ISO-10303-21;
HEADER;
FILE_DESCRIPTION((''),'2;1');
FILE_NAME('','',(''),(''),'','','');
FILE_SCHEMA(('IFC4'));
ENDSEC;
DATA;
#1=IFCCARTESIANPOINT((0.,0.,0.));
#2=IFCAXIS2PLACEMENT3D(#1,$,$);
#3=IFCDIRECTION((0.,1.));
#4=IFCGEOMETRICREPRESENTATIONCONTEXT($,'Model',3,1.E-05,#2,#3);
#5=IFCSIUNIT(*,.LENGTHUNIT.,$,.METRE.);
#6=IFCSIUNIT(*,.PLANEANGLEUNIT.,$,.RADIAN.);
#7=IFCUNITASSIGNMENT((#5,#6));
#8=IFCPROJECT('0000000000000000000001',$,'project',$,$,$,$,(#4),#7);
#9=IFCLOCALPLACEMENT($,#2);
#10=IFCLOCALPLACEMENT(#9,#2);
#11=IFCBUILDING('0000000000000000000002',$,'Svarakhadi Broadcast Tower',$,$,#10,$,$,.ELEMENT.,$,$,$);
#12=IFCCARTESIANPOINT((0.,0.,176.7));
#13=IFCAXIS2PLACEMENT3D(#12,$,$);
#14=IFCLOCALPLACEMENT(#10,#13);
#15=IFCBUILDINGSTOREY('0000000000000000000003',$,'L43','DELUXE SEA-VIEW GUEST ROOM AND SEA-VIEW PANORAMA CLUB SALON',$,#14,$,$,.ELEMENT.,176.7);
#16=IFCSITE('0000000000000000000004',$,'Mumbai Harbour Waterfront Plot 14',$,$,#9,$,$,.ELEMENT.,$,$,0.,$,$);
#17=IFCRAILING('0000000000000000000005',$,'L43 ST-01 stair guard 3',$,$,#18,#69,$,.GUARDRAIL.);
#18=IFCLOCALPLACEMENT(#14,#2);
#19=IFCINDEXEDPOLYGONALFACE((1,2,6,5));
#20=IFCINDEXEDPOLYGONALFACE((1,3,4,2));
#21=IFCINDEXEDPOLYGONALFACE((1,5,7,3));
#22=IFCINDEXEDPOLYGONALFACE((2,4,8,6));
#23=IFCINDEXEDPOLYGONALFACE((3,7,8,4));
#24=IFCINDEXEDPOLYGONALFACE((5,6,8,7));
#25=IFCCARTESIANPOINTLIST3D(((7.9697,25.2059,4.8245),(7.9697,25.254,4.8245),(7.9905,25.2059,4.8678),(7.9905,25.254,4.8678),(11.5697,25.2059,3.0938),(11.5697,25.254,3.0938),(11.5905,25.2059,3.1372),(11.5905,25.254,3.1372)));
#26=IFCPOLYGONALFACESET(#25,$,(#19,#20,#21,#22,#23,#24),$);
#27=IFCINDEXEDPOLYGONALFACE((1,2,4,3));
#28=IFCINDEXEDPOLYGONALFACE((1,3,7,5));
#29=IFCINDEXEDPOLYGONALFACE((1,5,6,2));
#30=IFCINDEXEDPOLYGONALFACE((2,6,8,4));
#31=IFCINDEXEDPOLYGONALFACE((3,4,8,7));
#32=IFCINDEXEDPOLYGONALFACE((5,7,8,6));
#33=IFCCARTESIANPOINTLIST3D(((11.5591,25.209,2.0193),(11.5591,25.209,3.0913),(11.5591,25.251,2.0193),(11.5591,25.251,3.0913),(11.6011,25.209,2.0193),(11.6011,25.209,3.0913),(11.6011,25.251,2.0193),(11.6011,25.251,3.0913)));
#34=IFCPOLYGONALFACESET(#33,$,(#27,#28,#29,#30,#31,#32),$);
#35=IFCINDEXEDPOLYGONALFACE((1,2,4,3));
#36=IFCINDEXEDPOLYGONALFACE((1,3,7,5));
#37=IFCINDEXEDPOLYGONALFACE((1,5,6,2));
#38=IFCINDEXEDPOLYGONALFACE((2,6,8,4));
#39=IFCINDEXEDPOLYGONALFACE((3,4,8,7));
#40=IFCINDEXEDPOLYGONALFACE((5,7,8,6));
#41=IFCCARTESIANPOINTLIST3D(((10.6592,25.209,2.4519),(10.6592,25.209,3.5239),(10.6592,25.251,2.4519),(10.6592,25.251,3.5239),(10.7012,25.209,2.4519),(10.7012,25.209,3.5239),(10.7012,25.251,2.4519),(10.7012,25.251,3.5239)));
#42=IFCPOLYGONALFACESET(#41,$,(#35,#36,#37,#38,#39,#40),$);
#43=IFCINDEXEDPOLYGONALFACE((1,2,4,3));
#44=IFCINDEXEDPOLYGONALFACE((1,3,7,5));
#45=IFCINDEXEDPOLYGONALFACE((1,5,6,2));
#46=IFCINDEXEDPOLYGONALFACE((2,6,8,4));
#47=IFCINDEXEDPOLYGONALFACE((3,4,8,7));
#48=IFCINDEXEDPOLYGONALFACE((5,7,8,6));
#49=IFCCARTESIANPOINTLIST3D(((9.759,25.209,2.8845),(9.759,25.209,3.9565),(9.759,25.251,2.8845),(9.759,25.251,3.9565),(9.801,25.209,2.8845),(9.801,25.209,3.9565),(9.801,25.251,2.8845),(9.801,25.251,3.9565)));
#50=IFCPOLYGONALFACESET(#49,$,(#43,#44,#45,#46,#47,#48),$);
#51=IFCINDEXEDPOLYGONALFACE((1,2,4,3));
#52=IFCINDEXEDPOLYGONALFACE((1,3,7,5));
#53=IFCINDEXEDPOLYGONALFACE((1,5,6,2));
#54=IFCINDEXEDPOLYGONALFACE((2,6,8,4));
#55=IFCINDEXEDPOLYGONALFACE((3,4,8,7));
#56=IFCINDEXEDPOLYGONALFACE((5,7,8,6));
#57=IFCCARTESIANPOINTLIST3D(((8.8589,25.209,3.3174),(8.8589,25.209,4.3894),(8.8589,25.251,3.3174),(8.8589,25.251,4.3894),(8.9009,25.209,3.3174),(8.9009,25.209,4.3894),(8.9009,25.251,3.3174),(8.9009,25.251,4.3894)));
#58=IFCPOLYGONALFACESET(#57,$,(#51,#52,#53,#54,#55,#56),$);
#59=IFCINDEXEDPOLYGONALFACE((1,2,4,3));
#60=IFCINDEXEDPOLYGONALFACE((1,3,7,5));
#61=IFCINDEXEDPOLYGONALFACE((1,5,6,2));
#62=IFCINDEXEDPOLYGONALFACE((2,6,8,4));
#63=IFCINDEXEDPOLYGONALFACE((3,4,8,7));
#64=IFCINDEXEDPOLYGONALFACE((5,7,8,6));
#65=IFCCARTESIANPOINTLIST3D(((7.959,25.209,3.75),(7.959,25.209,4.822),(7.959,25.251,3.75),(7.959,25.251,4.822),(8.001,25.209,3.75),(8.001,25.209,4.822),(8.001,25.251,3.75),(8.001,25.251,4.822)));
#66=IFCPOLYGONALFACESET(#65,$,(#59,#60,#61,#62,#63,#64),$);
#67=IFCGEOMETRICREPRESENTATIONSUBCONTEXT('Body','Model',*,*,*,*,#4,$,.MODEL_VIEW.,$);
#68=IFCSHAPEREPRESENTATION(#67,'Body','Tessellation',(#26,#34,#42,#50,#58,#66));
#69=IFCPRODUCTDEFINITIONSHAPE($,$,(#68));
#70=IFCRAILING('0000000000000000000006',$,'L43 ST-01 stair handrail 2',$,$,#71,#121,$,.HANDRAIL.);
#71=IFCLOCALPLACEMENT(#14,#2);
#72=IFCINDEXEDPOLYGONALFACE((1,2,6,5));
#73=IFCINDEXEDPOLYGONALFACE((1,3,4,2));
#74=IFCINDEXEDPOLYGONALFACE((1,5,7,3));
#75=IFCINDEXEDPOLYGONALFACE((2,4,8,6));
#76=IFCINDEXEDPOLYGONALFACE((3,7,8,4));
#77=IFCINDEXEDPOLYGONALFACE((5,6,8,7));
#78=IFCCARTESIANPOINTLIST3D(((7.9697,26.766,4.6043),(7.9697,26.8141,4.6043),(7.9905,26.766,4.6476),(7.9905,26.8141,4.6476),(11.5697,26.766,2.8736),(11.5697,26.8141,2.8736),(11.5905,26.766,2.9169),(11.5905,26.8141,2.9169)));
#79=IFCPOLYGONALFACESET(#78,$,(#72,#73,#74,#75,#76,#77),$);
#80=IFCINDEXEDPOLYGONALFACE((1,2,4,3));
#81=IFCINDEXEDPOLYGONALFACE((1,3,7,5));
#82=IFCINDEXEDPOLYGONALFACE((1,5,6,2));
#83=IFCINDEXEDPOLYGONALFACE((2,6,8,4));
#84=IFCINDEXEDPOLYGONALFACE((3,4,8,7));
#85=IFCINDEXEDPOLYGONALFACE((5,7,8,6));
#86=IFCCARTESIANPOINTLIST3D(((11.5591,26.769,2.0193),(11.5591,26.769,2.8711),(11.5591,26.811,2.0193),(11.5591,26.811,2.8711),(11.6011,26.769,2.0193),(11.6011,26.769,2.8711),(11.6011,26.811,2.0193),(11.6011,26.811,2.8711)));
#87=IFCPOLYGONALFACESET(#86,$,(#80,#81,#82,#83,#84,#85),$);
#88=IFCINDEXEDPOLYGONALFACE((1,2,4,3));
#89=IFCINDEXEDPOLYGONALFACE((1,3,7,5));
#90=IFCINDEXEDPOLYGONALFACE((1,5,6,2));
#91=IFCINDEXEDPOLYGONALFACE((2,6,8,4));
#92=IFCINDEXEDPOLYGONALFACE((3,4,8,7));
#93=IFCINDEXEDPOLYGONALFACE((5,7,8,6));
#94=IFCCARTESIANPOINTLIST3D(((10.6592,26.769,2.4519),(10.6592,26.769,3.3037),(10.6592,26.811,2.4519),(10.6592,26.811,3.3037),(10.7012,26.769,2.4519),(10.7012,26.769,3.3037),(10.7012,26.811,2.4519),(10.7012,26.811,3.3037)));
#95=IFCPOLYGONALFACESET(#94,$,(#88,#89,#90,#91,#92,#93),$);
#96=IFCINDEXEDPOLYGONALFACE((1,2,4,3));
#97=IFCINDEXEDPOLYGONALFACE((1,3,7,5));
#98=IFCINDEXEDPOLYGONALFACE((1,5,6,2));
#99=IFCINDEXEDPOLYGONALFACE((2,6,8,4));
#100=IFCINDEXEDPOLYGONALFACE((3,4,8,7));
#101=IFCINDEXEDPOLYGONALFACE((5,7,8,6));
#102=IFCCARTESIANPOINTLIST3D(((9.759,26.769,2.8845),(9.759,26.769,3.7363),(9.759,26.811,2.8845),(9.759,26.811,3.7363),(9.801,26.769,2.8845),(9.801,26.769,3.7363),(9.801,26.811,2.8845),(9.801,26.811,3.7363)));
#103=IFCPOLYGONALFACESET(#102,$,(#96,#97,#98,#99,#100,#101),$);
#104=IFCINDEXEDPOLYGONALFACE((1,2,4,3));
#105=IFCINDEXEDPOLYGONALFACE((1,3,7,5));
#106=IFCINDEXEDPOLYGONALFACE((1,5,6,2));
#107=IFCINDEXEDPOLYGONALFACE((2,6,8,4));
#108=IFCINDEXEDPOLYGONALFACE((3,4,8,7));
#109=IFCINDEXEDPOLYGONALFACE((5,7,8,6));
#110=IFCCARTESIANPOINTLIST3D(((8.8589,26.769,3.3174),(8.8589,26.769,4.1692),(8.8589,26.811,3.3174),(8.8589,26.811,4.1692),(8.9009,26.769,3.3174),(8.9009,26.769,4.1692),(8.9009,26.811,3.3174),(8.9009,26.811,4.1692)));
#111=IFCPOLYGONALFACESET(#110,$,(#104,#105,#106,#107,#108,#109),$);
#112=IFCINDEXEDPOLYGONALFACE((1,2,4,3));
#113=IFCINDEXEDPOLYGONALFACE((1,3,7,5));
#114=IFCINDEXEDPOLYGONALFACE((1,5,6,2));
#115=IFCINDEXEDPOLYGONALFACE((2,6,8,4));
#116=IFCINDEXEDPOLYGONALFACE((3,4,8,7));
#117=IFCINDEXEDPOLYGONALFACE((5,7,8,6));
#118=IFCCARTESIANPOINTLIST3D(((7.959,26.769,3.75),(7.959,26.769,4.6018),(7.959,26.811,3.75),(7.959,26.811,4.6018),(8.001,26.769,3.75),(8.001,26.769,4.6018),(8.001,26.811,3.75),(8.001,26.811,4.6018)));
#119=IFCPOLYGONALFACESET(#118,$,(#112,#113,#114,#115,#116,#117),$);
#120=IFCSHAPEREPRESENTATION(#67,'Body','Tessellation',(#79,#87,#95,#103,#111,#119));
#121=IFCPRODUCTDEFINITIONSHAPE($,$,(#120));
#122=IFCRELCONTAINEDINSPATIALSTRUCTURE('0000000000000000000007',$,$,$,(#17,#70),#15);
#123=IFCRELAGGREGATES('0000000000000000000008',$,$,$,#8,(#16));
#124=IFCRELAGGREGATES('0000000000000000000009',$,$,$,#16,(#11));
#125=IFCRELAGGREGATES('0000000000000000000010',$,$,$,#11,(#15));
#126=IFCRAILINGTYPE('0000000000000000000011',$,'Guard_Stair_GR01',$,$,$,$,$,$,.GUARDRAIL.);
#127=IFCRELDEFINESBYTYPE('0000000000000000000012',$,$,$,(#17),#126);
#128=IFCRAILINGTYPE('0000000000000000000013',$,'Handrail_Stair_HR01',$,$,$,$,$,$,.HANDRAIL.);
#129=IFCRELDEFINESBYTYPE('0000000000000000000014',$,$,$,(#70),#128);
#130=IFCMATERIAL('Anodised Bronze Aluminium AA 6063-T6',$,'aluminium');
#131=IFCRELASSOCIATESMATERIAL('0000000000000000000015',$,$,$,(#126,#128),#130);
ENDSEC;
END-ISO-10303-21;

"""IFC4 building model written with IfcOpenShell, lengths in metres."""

from ifc_helpers import new_model, si_unit, direction, frame, origin, origin_2d, place, context, subcontext, project, spatial, rectangle, extrude, material, type_object, element, save


model = new_model("IFC4")

# Units and contexts
model_context = context("Model", 3, precision=1e-05, world=origin(), true_north=direction((0.0, 1.0)))
body_context = subcontext(model_context, "Body", "Model", "MODEL_VIEW")
ifc_project = project(units=[si_unit("LENGTHUNIT", "METRE"), si_unit("PLANEANGLEUNIT", "RADIAN")], contexts=[model_context])

# Site, building, storey
site_placement = place(None, origin())
site = spatial("IfcSite", under=ifc_project, at=site_placement, Name="Mumbai Harbour Waterfront Plot 14", CompositionType="ELEMENT", RefElevation=0.0)
building_placement = place(site_placement, origin())
building = spatial("IfcBuilding", under=site, at=building_placement, Name="Svarakhadi Broadcast Tower", CompositionType="ELEMENT")
storey_placement = place(building_placement, frame((0.0, 0.0, 176.7)))
storey = spatial("IfcBuildingStorey", under=building, at=storey_placement, Name="L43", Description="DELUXE SEA-VIEW GUEST ROOM AND SEA-VIEW PANORAMA CLUB SALON", CompositionType="ELEMENT", Elevation=176.7)

# Railings
ifc_material_1 = material(Name="Anodised Bronze Aluminium AA 6063-T6", Category="aluminium")
railing_type_1 = type_object("IfcRailingType", Name="Guard_Stair_GR01", PredefinedType="GUARDRAIL", material=ifc_material_1)
railing_1_placement = place(storey_placement, frame((11.5801, 25.23, 2.0193)))
element("IfcRailing", 1, at=railing_1_placement, inside=storey, type_object=railing_type_1, Name="L43 ST-01 stair guard 3", PredefinedType="GUARDRAIL", context=body_context, shape_type="SweptSolid", body=[
    extrude(rectangle(XDim=0.0481, YDim=0.0481, at=origin_2d()), frame((0.0, 0.0, 1.0962), z_axis=(-0.901263, 0.0, 0.433273), x_axis=(0.0, -1.0, 0.0)), (0.0, 0.0, 1.0), 3.9944),
    extrude(rectangle(XDim=0.042, YDim=0.042, at=origin_2d()), origin(), (0.0, 0.0, 1.0), 1.072),
    extrude(rectangle(XDim=0.042, YDim=0.042, at=origin_2d()), frame((-0.8999, 0.0, 0.4326)), (0.0, 0.0, 1.0), 1.072),
    extrude(rectangle(XDim=0.042, YDim=0.042, at=origin_2d()), frame((-1.8, 0.0, 0.8652)), (0.0, 0.0, 1.0), 1.072),
    extrude(rectangle(XDim=0.042, YDim=0.042, at=origin_2d()), frame((-2.7002, 0.0, 1.2981)), (0.0, 0.0, 1.0), 1.072),
    extrude(rectangle(XDim=0.042, YDim=0.042, at=origin_2d()), frame((-3.6001, 0.0, 1.7307)), (0.0, 0.0, 1.0), 1.072),
])
railing_type_2 = type_object("IfcRailingType", Name="Handrail_Stair_HR01", PredefinedType="HANDRAIL", material=ifc_material_1)
railing_2_placement = place(storey_placement, frame((11.5801, 26.79, 2.0193)))
element("IfcRailing", 2, at=railing_2_placement, inside=storey, type_object=railing_type_2, Name="L43 ST-01 stair handrail 2", PredefinedType="HANDRAIL", context=body_context, shape_type="SweptSolid", body=[
    extrude(rectangle(XDim=0.0481, YDim=0.0481, at=origin_2d()), frame((0.0, 0.0, 0.876), z_axis=(-0.901263, 0.0, 0.433273), x_axis=(0.0, -1.0, 0.0)), (0.0, 0.0, 1.0), 3.9944),
    extrude(rectangle(XDim=0.042, YDim=0.042, at=origin_2d()), origin(), (0.0, 0.0, 1.0), 0.8518),
    extrude(rectangle(XDim=0.042, YDim=0.042, at=origin_2d()), frame((-0.8999, 0.0, 0.4326)), (0.0, 0.0, 1.0), 0.8518),
    extrude(rectangle(XDim=0.042, YDim=0.042, at=origin_2d()), frame((-1.8, 0.0, 0.8652)), (0.0, 0.0, 1.0), 0.8518),
    extrude(rectangle(XDim=0.042, YDim=0.042, at=origin_2d()), frame((-2.7002, 0.0, 1.2981)), (0.0, 0.0, 1.0), 0.8518),
    extrude(rectangle(XDim=0.042, YDim=0.042, at=origin_2d()), frame((-3.6001, 0.0, 1.7307)), (0.0, 0.0, 1.0), 0.8518),
])

save(model, "model.ifc")
